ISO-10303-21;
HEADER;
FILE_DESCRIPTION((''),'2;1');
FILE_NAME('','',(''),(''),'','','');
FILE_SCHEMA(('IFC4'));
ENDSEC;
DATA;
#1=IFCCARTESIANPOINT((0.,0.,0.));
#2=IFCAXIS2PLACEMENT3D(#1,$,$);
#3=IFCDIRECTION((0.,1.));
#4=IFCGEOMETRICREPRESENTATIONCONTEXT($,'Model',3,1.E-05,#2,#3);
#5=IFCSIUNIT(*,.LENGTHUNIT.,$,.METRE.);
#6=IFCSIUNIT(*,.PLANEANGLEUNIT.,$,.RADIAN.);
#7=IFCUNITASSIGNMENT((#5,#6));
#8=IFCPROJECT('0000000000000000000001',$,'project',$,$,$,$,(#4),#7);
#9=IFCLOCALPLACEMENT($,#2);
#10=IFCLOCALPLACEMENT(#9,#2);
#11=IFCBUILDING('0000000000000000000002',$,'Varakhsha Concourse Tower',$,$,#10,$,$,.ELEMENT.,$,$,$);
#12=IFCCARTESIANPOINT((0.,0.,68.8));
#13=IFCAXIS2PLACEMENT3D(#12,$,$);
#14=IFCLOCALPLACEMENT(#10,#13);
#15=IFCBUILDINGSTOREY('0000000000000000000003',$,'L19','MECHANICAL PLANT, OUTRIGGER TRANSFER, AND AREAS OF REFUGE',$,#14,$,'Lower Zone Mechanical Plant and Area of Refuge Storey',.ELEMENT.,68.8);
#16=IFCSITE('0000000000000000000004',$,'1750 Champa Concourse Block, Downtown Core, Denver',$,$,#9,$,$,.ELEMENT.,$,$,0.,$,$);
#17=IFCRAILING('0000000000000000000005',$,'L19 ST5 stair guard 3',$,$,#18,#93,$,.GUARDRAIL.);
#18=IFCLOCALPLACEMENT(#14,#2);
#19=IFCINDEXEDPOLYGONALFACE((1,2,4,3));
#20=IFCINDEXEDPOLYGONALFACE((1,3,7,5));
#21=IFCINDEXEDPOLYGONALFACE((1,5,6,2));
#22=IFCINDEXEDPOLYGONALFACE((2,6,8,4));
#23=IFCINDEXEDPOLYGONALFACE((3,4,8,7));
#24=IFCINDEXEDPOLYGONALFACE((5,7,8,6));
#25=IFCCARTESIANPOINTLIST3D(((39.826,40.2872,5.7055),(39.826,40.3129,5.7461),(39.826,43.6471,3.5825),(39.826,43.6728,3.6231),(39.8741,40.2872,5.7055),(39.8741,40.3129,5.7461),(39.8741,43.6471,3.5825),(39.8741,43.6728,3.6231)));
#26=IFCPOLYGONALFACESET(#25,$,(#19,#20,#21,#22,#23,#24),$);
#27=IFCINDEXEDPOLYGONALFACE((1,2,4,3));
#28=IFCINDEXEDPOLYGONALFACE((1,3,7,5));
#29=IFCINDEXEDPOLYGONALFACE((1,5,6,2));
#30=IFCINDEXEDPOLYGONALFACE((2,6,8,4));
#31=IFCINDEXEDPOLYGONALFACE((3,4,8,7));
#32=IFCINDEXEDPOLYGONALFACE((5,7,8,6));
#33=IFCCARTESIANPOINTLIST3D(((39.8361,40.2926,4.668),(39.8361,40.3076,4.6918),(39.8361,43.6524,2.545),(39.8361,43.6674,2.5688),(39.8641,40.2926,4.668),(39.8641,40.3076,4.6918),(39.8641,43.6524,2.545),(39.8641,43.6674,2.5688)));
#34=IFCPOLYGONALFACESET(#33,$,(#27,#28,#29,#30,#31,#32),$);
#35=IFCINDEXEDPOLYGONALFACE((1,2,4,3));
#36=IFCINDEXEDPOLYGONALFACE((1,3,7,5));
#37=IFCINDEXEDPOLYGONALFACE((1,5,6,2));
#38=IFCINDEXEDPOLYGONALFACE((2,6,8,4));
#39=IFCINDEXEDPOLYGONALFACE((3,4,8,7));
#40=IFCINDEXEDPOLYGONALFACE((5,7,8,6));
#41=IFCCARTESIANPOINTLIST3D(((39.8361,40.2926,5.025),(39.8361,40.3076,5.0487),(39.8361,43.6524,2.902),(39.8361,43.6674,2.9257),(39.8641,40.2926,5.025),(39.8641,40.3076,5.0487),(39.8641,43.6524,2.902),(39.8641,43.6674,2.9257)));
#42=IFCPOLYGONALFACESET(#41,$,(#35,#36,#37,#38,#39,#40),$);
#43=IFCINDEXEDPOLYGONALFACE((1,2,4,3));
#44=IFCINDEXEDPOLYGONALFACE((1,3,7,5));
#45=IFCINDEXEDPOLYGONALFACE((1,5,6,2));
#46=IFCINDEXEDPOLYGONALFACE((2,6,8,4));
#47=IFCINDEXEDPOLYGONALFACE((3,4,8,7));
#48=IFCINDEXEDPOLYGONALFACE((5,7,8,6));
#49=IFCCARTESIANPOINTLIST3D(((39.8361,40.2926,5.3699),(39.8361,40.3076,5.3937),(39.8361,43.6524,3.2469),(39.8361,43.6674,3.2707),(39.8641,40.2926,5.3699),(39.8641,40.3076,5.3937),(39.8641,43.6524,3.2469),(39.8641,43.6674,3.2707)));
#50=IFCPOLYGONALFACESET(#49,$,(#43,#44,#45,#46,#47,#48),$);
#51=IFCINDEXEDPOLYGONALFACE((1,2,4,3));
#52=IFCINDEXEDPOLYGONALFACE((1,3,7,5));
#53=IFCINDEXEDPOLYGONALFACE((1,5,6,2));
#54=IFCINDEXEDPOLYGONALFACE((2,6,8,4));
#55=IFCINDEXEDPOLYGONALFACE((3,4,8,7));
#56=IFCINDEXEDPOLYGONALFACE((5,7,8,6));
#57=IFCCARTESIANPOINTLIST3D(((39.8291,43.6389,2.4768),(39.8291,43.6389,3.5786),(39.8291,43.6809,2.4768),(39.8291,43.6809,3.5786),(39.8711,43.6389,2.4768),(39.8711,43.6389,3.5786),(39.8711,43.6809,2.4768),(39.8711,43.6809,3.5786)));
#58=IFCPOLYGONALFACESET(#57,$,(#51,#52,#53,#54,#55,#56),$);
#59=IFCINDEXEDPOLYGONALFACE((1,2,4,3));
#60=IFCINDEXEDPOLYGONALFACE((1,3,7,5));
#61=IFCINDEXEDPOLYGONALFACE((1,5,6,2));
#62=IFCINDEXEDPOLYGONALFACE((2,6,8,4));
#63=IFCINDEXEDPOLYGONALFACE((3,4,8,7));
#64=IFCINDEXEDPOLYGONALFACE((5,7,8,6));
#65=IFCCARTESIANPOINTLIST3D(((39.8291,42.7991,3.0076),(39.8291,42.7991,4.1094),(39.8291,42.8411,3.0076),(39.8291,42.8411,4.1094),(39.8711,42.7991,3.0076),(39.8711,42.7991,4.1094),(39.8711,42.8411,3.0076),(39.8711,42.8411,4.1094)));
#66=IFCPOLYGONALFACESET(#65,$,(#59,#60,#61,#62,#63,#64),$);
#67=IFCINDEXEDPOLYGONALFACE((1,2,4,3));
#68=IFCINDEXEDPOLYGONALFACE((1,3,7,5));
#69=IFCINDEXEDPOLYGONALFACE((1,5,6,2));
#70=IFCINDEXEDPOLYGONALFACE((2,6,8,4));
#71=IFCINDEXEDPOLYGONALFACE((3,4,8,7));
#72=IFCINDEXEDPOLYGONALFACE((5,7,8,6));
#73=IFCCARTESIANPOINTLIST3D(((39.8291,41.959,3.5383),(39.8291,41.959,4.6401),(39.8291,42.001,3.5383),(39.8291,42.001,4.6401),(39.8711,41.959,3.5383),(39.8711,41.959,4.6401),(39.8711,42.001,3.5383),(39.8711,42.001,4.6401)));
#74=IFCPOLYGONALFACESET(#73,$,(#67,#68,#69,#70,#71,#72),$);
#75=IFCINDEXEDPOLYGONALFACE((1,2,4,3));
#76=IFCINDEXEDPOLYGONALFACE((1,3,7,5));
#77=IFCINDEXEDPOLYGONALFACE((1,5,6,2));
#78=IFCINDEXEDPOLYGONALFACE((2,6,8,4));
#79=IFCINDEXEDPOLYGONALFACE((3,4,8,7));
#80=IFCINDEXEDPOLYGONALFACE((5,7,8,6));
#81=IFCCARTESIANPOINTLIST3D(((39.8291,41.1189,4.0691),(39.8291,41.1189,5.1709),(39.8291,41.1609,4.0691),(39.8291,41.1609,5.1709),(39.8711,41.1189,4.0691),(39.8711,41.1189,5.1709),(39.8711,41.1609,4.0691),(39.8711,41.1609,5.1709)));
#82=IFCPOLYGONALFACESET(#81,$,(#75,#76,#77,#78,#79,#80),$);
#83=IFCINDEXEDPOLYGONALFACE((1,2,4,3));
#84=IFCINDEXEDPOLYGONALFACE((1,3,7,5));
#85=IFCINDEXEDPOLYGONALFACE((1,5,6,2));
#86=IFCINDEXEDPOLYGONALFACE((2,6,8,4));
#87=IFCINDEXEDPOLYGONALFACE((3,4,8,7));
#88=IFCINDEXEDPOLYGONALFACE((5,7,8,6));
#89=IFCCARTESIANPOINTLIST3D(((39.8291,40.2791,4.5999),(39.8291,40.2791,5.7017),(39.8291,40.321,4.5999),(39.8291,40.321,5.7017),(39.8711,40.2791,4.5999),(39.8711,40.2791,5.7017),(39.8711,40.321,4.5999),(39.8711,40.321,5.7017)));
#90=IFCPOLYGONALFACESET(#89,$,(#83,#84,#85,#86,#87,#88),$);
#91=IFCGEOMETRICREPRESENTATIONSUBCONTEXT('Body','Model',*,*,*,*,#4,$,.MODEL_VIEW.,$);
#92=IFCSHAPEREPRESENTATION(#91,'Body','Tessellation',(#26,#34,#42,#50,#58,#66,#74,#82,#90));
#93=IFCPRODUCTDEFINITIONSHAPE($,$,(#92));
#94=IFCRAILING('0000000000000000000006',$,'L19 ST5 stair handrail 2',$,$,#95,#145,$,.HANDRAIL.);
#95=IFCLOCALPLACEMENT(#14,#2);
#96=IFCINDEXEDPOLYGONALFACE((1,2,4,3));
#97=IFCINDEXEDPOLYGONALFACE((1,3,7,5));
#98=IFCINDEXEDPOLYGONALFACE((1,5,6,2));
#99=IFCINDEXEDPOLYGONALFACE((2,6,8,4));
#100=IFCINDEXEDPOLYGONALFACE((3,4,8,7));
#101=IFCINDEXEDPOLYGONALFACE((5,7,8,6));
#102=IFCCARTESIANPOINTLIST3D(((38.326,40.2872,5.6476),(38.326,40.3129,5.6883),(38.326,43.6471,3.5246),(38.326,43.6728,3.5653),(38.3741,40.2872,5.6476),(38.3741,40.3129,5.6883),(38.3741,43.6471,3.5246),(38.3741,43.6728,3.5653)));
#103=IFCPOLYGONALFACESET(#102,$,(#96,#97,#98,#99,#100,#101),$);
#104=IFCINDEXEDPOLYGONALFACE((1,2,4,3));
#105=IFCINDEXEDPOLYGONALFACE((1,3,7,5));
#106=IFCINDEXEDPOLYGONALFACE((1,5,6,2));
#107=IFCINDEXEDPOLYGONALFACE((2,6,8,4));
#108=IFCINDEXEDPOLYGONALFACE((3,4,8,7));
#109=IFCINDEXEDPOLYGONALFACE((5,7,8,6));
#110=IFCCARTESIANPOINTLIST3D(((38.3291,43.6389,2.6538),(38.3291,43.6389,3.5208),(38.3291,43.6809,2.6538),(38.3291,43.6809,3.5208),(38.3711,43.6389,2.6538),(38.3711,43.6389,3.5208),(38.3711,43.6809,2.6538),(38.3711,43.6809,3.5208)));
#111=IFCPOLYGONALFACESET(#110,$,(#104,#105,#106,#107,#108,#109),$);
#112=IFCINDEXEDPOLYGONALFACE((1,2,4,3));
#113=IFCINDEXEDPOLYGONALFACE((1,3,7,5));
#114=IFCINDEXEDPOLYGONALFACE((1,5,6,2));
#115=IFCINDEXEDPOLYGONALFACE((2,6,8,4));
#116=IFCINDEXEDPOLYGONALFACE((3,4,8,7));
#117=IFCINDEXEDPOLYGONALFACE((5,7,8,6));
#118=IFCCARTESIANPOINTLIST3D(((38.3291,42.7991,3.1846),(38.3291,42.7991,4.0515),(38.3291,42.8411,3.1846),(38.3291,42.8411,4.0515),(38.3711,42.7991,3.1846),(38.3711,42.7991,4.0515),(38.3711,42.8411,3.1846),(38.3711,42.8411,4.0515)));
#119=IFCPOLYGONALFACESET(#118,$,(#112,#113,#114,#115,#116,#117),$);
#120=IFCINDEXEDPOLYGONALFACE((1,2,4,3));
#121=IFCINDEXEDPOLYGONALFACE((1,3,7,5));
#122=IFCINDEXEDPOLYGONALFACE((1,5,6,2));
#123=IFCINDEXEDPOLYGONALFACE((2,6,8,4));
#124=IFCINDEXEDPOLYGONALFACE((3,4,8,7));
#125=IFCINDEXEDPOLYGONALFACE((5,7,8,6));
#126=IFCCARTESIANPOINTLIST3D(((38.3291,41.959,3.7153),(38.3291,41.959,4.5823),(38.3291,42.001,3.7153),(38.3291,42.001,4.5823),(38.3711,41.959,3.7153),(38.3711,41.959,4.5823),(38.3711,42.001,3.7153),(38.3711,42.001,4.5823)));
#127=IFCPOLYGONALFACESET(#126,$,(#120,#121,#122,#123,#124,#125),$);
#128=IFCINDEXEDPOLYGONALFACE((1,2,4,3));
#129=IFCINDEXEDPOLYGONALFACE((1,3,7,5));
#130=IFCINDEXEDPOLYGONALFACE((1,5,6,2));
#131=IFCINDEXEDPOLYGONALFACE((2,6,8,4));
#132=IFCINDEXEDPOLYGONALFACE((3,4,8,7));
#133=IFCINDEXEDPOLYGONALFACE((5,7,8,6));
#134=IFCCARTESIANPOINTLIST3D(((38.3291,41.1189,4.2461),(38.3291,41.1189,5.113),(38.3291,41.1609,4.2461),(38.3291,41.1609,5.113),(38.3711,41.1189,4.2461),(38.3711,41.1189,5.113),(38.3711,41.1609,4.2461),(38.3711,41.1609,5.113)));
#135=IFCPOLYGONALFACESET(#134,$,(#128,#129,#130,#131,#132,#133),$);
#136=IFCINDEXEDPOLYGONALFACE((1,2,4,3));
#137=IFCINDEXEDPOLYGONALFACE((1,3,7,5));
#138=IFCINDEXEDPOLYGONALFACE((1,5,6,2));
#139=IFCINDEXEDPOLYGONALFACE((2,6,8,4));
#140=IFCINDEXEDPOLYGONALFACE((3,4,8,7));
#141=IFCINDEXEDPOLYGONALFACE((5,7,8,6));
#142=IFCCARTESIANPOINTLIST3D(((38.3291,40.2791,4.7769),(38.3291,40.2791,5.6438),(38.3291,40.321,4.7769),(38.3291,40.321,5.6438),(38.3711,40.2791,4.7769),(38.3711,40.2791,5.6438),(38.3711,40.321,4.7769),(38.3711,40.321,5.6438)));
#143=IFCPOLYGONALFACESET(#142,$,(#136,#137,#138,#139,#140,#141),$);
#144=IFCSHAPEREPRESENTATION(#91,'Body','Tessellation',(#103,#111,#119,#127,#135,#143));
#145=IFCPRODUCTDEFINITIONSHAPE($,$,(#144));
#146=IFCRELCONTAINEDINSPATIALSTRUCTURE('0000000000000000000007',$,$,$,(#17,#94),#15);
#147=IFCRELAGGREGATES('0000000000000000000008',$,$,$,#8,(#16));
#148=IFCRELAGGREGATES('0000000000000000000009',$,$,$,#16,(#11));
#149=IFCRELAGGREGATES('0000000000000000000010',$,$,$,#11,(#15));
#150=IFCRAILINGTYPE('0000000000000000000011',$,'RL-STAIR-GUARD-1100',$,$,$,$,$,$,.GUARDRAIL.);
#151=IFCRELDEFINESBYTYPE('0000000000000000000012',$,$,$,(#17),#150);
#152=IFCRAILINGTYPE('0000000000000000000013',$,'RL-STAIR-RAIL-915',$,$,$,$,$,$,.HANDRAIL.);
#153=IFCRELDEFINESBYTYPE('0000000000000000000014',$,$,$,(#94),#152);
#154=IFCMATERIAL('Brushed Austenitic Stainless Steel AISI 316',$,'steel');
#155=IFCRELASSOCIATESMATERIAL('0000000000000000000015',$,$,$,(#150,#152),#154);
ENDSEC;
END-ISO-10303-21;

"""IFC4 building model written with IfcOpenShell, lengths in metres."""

from ifc_helpers import new_model, si_unit, direction, frame, origin, origin_2d, place, context, subcontext, project, spatial, rectangle, extrude, material, type_object, element, save


model = new_model("IFC4")

# Units and contexts
model_context = context("Model", 3, precision=1e-05, world=origin(), true_north=direction((0.0, 1.0)))
body_context = subcontext(model_context, "Body", "Model", "MODEL_VIEW")
ifc_project = project(units=[si_unit("LENGTHUNIT", "METRE"), si_unit("PLANEANGLEUNIT", "RADIAN")], contexts=[model_context])

# Site, building, storey
site_placement = place(None, origin())
site = spatial("IfcSite", under=ifc_project, at=site_placement, Name="1750 Champa Concourse Block, Downtown Core, Denver", CompositionType="ELEMENT", RefElevation=0.0)
building_placement = place(site_placement, origin())
building = spatial("IfcBuilding", under=site, at=building_placement, Name="Varakhsha Concourse Tower", CompositionType="ELEMENT")
storey_placement = place(building_placement, frame((0.0, 0.0, 68.8)))
storey = spatial("IfcBuildingStorey", under=building, at=storey_placement, Name="L19", Description="MECHANICAL PLANT, OUTRIGGER TRANSFER, AND AREAS OF REFUGE", LongName="Lower Zone Mechanical Plant and Area of Refuge Storey", CompositionType="ELEMENT", Elevation=68.8)

# Railings
ifc_material_1 = material(Name="Brushed Austenitic Stainless Steel AISI 316", Category="steel")
railing_type_1 = type_object("IfcRailingType", Name="RL-STAIR-GUARD-1100", PredefinedType="GUARDRAIL", material=ifc_material_1)
railing_1_placement = place(storey_placement, frame((39.8501, 43.6599, 2.4768)))
element("IfcRailing", 1, at=railing_1_placement, inside=storey, type_object=railing_type_1, Name="L19 ST5 stair guard 3", PredefinedType="GUARDRAIL", context=body_context, shape_type="SweptSolid", body=[
    extrude(rectangle(XDim=0.0481, YDim=0.0481, at=origin_2d()), frame((0.0, 0.0, 1.126), z_axis=(0.0, -0.845372, 0.534178), x_axis=(1.0, 0.0, 0.0)), (0.0, 0.0, 1.0), 3.9744),
    extrude(rectangle(XDim=0.0281, YDim=0.0281, at=origin_2d()), frame((0.0, 0.0, 0.0801), z_axis=(0.0, -0.845372, 0.534178), x_axis=(1.0, 0.0, 0.0)), (0.0, 0.0, 1.0), 3.9744),
    extrude(rectangle(XDim=0.0281, YDim=0.0281, at=origin_2d()), frame((0.0, 0.0, 0.437), z_axis=(0.0, -0.845372, 0.534178), x_axis=(1.0, 0.0, 0.0)), (0.0, 0.0, 1.0), 3.9744),
    extrude(rectangle(XDim=0.0281, YDim=0.0281, at=origin_2d()), frame((0.0, 0.0, 0.782), z_axis=(0.0, -0.845372, 0.534178), x_axis=(1.0, 0.0, 0.0)), (0.0, 0.0, 1.0), 3.9744),
    extrude(rectangle(XDim=0.042, YDim=0.042, at=origin_2d()), origin(), (0.0, 0.0, 1.0), 1.1018),
    extrude(rectangle(XDim=0.042, YDim=0.042, at=origin_2d()), frame((0.0, -0.8398, 0.5308)), (0.0, 0.0, 1.0), 1.1018),
    extrude(rectangle(XDim=0.042, YDim=0.042, at=origin_2d()), frame((0.0, -1.6799, 1.0615)), (0.0, 0.0, 1.0), 1.1018),
    extrude(rectangle(XDim=0.042, YDim=0.042, at=origin_2d()), frame((0.0, -2.52, 1.5923)), (0.0, 0.0, 1.0), 1.1018),
    extrude(rectangle(XDim=0.042, YDim=0.042, at=origin_2d()), frame((0.0, -3.3599, 2.123)), (0.0, 0.0, 1.0), 1.1018),
])
railing_type_2 = type_object("IfcRailingType", Name="RL-STAIR-RAIL-915", PredefinedType="HANDRAIL", material=ifc_material_1)
railing_2_placement = place(storey_placement, frame((38.3501, 43.6599, 2.6538)))
element("IfcRailing", 2, at=railing_2_placement, inside=storey, type_object=railing_type_2, Name="L19 ST5 stair handrail 2", PredefinedType="HANDRAIL", context=body_context, shape_type="SweptSolid", body=[
    extrude(rectangle(XDim=0.0481, YDim=0.0481, at=origin_2d()), frame((0.0, 0.0, 0.8911), z_axis=(0.0, -0.845372, 0.534178), x_axis=(1.0, 0.0, 0.0)), (0.0, 0.0, 1.0), 3.9744),
    extrude(rectangle(XDim=0.042, YDim=0.042, at=origin_2d()), origin(), (0.0, 0.0, 1.0), 0.8669),
    extrude(rectangle(XDim=0.042, YDim=0.042, at=origin_2d()), frame((0.0, -0.8398, 0.5308)), (0.0, 0.0, 1.0), 0.8669),
    extrude(rectangle(XDim=0.042, YDim=0.042, at=origin_2d()), frame((0.0, -1.6799, 1.0615)), (0.0, 0.0, 1.0), 0.8669),
    extrude(rectangle(XDim=0.042, YDim=0.042, at=origin_2d()), frame((0.0, -2.52, 1.5923)), (0.0, 0.0, 1.0), 0.8669),
    extrude(rectangle(XDim=0.042, YDim=0.042, at=origin_2d()), frame((0.0, -3.3599, 2.123)), (0.0, 0.0, 1.0), 0.8669),
])

save(model, "model.ifc")
